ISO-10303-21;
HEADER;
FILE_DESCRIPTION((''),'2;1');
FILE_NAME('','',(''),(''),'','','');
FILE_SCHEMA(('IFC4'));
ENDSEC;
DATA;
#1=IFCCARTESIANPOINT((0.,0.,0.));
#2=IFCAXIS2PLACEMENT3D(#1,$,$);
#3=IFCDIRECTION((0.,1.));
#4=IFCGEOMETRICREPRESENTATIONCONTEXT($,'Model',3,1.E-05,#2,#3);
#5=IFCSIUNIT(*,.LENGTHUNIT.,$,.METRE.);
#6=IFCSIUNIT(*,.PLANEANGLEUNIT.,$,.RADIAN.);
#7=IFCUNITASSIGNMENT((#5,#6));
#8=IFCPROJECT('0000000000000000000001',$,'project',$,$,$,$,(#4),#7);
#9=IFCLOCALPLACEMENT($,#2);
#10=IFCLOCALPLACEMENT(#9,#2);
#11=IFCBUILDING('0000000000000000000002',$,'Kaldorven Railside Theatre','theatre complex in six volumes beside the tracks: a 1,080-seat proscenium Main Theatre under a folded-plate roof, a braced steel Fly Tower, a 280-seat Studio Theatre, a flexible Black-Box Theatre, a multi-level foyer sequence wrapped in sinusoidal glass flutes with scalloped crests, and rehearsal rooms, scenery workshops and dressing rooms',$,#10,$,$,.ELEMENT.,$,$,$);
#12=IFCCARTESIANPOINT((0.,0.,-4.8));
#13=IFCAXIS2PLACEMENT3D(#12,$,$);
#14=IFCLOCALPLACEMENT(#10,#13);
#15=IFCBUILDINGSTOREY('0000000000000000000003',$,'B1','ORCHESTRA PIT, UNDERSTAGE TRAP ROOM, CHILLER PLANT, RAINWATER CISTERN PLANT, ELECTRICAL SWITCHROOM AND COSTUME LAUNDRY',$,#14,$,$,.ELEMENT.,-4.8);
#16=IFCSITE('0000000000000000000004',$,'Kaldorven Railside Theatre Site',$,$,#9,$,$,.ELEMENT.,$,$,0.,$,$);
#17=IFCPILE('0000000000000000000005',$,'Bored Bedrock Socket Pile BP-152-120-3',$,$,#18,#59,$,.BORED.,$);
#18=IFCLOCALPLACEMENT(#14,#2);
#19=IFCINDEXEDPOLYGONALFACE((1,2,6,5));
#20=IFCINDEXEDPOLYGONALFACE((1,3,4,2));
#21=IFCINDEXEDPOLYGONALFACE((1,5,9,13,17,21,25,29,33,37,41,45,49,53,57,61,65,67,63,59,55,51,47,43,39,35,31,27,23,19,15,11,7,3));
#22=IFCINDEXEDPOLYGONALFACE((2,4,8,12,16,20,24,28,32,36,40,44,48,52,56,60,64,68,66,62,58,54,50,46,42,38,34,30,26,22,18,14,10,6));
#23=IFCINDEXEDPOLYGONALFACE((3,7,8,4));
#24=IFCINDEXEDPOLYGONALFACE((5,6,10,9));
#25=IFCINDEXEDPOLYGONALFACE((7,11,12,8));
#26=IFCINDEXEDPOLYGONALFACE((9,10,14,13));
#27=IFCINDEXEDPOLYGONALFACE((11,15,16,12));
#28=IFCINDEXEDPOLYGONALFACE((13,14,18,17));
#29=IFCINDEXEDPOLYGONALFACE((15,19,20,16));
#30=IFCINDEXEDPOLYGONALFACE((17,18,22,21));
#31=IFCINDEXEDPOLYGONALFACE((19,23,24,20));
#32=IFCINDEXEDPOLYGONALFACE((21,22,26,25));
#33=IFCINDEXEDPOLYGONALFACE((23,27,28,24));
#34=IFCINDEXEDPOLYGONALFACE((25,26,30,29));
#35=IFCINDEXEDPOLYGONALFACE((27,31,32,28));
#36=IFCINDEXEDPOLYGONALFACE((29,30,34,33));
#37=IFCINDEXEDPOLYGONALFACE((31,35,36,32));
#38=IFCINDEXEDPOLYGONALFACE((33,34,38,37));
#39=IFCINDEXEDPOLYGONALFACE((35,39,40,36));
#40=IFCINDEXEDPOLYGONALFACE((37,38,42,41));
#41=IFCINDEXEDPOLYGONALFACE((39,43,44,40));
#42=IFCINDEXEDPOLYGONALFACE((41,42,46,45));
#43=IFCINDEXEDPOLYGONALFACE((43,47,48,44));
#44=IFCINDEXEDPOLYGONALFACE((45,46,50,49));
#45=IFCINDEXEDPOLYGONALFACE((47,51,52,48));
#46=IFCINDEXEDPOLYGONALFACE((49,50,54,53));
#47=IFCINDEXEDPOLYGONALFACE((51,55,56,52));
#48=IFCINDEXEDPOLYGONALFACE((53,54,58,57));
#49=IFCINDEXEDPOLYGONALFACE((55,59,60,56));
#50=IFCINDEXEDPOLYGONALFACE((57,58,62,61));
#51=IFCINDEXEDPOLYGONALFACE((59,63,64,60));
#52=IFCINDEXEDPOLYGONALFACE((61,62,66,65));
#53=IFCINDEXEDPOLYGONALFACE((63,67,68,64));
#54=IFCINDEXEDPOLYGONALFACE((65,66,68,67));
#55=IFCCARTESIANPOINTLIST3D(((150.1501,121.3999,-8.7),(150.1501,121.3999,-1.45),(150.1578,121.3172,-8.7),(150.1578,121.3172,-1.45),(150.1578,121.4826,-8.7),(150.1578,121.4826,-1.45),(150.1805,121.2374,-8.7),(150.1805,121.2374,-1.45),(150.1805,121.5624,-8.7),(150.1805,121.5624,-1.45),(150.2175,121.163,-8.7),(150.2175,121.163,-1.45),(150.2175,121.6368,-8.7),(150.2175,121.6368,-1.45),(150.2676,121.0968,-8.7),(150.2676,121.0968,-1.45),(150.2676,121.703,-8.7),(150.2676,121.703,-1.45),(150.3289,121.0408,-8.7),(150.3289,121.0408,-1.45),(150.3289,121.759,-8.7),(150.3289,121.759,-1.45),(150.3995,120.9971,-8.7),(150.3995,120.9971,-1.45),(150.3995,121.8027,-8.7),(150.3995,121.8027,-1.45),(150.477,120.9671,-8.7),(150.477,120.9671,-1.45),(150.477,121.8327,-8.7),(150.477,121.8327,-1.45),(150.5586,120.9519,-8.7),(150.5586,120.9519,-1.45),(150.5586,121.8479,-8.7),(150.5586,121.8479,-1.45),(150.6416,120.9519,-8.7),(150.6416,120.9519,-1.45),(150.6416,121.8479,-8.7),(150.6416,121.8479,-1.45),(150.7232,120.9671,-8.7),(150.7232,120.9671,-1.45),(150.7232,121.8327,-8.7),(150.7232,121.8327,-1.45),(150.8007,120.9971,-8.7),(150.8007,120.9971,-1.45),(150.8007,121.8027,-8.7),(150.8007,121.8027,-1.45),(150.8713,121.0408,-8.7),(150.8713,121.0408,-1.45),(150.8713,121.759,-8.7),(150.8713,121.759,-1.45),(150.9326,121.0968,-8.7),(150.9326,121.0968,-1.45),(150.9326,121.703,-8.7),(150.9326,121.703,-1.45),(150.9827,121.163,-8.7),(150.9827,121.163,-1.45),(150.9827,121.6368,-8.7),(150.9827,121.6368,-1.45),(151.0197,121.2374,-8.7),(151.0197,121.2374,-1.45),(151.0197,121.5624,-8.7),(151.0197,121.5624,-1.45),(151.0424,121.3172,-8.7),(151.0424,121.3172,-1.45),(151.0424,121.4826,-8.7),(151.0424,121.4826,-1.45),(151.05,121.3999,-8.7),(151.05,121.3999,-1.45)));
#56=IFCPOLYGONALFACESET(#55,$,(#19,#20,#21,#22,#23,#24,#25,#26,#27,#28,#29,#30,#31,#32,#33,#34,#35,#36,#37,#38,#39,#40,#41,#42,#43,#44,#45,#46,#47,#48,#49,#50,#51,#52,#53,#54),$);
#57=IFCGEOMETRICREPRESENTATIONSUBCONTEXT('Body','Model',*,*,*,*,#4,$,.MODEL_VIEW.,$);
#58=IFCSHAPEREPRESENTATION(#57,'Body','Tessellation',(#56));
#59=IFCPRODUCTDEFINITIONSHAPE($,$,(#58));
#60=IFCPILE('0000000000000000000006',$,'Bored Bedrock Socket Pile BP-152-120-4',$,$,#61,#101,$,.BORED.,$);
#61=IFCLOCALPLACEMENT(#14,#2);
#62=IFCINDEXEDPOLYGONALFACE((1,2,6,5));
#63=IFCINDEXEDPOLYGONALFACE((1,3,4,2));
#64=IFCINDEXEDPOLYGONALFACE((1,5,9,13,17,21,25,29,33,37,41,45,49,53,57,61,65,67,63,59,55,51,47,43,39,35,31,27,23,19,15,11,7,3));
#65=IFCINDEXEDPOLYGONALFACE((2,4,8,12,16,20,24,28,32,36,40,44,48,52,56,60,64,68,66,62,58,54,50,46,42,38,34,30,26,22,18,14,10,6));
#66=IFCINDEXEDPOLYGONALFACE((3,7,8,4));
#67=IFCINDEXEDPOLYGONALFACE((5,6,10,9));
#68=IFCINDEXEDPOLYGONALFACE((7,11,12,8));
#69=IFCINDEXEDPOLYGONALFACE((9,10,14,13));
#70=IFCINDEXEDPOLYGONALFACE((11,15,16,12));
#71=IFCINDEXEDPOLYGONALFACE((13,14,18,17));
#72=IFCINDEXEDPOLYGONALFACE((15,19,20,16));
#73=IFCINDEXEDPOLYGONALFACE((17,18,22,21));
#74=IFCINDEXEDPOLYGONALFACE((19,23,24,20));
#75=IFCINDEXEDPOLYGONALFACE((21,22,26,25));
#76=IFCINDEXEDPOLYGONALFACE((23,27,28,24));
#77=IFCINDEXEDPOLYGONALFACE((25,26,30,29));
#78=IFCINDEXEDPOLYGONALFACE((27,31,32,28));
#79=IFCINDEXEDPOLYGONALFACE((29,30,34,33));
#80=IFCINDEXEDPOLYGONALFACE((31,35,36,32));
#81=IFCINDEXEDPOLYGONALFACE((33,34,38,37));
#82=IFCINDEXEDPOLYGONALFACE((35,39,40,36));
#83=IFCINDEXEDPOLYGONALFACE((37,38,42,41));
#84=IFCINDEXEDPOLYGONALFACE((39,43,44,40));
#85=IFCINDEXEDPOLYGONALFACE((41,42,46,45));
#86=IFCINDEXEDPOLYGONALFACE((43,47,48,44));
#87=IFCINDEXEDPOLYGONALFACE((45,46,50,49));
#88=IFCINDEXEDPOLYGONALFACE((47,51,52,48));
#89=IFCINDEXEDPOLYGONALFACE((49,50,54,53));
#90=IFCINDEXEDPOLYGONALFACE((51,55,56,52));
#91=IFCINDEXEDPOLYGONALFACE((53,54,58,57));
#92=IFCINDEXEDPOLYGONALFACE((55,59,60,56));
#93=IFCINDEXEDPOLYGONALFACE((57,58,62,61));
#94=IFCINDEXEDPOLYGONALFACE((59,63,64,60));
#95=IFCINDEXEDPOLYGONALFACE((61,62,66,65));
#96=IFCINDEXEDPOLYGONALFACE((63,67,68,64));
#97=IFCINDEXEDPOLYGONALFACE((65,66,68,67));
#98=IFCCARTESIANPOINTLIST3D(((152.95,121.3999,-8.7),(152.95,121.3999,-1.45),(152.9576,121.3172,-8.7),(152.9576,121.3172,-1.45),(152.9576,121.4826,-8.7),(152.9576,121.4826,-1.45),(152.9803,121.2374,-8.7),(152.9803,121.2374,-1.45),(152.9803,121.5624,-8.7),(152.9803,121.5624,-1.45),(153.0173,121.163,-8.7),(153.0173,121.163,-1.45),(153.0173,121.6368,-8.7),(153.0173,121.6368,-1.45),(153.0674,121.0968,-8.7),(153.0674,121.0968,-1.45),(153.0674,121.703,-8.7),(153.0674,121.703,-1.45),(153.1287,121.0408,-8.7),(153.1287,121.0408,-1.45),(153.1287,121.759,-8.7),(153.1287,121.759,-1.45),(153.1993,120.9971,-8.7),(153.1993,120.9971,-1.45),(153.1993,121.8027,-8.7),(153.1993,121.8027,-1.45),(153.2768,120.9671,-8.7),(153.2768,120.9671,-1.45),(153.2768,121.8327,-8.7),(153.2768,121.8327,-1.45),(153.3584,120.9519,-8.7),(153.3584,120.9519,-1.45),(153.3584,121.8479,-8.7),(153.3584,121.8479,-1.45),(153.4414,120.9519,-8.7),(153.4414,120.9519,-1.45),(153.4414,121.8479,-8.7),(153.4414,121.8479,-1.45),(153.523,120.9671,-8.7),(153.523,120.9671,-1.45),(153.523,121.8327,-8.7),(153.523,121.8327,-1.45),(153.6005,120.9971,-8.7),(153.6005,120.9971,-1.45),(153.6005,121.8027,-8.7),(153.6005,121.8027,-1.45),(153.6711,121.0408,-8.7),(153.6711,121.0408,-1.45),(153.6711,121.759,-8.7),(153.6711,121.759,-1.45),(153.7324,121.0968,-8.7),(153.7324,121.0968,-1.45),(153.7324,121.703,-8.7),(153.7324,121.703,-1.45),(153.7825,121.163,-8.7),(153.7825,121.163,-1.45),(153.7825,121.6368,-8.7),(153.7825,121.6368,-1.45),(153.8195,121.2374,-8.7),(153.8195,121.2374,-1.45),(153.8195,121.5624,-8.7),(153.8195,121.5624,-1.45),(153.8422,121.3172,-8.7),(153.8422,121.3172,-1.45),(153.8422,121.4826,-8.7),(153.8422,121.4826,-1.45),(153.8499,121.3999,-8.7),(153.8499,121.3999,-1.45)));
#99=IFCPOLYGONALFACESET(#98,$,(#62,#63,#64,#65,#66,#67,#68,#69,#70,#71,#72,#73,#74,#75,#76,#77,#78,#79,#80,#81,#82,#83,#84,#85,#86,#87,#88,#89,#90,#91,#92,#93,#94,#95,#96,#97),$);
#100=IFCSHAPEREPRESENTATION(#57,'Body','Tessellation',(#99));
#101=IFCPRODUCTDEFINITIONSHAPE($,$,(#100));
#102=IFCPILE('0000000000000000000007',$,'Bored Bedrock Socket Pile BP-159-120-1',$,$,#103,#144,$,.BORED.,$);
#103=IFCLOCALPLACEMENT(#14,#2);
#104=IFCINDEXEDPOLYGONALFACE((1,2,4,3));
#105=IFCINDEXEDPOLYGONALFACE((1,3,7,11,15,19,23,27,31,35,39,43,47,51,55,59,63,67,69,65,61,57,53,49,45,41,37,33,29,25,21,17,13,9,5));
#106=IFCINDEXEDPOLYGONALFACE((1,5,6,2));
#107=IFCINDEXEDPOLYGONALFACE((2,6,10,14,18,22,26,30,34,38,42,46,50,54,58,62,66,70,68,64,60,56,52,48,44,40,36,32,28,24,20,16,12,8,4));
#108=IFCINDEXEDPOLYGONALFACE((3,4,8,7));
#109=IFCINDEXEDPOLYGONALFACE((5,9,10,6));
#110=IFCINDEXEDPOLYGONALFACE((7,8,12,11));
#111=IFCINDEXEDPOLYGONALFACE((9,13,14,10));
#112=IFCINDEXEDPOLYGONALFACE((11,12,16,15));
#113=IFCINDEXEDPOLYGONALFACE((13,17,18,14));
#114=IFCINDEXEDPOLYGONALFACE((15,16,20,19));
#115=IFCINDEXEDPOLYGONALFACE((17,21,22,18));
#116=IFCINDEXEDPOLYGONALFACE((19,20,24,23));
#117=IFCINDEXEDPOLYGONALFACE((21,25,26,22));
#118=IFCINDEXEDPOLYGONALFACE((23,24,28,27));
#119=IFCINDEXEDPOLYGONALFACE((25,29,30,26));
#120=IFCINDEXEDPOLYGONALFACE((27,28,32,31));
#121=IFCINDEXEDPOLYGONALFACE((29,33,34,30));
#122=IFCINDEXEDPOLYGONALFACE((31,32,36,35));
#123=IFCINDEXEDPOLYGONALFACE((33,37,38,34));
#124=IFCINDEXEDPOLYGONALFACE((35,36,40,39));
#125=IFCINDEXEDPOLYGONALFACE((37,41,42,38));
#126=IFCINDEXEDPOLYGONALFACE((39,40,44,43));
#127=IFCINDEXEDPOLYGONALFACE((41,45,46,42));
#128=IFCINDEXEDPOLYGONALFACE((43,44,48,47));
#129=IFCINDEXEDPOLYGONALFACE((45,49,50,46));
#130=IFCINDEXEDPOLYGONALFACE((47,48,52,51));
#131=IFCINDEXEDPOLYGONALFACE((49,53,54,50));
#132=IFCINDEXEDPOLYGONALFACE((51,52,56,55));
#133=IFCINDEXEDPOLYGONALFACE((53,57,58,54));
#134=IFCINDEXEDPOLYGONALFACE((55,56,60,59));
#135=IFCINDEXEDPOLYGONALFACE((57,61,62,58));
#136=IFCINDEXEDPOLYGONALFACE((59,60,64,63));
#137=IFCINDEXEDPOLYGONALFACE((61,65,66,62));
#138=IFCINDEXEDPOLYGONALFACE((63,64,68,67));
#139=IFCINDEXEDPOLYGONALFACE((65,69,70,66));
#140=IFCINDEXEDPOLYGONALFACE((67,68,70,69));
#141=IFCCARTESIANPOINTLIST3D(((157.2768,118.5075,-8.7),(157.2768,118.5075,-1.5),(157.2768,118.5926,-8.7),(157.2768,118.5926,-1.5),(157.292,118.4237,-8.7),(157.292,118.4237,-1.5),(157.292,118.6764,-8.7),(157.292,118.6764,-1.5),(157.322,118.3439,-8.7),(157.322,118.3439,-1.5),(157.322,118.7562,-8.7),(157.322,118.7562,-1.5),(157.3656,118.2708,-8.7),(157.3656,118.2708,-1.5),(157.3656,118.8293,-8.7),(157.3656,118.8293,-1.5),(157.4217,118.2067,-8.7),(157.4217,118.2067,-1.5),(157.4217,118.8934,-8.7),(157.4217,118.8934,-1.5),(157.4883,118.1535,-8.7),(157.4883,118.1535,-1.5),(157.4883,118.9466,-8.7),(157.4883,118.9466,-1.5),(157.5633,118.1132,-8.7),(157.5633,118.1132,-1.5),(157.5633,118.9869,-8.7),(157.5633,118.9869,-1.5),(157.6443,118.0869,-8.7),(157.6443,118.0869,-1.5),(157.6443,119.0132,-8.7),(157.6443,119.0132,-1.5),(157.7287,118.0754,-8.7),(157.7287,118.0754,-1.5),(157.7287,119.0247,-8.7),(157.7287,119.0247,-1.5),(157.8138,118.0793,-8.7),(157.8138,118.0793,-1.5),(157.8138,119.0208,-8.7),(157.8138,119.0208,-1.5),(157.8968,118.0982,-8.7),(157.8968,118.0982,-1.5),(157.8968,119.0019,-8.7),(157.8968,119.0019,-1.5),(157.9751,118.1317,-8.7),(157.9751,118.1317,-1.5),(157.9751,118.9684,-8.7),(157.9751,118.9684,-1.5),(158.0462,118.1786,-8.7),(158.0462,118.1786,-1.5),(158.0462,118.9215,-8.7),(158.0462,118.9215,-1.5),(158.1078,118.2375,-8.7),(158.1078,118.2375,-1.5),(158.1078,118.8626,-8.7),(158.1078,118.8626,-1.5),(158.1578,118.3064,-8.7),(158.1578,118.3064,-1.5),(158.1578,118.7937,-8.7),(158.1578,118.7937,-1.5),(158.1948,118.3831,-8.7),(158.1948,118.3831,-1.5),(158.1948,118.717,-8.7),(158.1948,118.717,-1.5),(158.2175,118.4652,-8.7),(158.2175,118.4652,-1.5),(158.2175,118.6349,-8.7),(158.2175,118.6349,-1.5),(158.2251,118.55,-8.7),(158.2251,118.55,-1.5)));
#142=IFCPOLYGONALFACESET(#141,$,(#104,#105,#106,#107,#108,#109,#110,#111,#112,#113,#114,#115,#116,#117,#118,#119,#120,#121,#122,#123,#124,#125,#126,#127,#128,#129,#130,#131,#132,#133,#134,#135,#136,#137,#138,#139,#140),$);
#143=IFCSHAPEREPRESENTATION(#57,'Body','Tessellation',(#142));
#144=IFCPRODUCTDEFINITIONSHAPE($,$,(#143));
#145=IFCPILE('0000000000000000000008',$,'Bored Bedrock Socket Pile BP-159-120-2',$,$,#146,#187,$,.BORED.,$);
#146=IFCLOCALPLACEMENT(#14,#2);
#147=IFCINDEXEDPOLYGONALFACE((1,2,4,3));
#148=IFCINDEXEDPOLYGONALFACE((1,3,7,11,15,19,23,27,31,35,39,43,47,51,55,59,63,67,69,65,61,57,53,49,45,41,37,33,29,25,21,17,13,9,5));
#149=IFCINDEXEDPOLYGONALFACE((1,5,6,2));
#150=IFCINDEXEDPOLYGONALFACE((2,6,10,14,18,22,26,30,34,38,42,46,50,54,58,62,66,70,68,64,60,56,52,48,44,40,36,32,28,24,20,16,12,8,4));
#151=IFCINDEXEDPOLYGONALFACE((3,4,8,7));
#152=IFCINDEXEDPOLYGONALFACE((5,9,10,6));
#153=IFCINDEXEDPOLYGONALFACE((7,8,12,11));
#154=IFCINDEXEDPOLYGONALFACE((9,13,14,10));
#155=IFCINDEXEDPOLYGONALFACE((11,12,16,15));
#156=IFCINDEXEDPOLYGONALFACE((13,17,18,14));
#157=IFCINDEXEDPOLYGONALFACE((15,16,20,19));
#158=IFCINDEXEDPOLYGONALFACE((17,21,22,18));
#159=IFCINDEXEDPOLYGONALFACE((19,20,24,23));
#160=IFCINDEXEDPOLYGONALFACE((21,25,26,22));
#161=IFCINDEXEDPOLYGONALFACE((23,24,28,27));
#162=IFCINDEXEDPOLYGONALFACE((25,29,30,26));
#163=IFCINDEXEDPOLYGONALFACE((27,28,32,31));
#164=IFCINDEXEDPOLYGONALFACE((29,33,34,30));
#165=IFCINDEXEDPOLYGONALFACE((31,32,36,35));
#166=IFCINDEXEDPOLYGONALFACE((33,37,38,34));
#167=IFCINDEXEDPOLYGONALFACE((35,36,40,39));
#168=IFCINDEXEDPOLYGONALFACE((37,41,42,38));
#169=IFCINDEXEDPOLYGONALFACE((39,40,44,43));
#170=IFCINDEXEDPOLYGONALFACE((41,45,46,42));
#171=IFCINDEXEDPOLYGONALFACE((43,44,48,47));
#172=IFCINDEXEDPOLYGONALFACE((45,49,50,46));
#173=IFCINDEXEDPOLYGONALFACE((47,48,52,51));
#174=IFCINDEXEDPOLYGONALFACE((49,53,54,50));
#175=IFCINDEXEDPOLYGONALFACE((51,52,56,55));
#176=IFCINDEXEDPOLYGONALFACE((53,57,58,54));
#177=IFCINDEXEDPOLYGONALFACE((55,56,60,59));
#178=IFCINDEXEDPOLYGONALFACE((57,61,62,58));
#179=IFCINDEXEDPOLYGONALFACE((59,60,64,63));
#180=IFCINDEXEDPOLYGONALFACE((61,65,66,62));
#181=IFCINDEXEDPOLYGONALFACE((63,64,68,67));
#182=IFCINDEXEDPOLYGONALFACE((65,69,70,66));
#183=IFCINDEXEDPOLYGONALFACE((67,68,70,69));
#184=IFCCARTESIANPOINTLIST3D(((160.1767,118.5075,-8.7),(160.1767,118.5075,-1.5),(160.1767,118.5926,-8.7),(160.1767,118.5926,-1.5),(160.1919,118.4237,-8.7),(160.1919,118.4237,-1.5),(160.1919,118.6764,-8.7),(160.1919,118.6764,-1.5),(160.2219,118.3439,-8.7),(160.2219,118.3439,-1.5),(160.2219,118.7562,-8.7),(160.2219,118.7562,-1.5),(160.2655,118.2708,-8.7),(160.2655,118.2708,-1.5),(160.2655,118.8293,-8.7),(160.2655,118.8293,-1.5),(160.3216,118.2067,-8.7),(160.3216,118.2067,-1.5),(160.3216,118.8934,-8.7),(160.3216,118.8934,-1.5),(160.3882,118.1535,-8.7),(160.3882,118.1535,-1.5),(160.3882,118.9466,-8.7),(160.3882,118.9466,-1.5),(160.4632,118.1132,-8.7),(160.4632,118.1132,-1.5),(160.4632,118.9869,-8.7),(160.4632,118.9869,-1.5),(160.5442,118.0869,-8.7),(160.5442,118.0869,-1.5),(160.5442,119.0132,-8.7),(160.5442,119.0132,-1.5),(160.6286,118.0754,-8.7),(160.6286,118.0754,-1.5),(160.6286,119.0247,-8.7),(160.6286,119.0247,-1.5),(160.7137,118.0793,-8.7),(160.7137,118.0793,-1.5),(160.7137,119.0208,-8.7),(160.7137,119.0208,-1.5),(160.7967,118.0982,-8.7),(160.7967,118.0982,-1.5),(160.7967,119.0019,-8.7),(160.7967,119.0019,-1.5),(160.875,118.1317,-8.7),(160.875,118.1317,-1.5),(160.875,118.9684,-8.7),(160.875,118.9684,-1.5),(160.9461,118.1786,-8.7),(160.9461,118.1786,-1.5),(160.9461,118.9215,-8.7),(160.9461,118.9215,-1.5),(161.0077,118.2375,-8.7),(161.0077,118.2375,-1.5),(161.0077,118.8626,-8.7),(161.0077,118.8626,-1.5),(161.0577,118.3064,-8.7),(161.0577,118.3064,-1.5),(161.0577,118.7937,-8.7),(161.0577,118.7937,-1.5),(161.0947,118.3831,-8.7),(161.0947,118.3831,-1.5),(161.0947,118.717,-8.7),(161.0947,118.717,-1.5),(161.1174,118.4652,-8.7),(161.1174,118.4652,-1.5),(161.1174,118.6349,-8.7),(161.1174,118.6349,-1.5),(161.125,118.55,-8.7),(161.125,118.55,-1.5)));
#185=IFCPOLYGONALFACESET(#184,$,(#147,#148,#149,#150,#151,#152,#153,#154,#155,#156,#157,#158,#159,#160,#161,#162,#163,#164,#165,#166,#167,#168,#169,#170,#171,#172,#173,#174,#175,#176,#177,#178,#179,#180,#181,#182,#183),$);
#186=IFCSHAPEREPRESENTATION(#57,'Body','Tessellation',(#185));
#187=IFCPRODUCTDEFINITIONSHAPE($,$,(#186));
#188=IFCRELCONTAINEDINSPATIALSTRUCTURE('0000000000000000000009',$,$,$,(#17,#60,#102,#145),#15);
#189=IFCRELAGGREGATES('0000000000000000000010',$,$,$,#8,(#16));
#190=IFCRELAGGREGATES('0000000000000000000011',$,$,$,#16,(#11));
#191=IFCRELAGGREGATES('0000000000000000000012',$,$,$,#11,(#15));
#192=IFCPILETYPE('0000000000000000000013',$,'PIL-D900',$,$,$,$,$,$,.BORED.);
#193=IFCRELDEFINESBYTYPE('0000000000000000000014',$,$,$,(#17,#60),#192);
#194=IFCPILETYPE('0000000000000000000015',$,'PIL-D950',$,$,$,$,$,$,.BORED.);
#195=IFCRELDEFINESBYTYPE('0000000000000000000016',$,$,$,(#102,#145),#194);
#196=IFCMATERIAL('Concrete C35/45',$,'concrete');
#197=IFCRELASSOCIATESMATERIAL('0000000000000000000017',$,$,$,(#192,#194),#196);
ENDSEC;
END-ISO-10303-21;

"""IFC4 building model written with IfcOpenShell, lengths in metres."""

from ifc_helpers import new_model, si_unit, direction, frame, origin, origin_2d, place, context, subcontext, project, spatial, circle, extrude, material, material_profile, profile_set, type_object, element, save


model = new_model("IFC4")

# Units and contexts
model_context = context("Model", 3, precision=1e-05, world=origin(), true_north=direction((0.0, 1.0)))
body_context = subcontext(model_context, "Body", "Model", "MODEL_VIEW")
ifc_project = project(units=[si_unit("LENGTHUNIT", "METRE"), si_unit("PLANEANGLEUNIT", "RADIAN")], contexts=[model_context])

# Site, building, storey
site_placement = place(None, origin())
site = spatial("IfcSite", under=ifc_project, at=site_placement, Name="Kaldorven Railside Theatre Site", CompositionType="ELEMENT", RefElevation=0.0)
building_placement = place(site_placement, origin())
building = spatial("IfcBuilding", under=site, at=building_placement, Name="Kaldorven Railside Theatre", Description="theatre complex in six volumes beside the tracks: a 1,080-seat proscenium Main Theatre under a folded-plate roof, a braced steel Fly Tower, a 280-seat Studio Theatre, a flexible Black-Box Theatre, a multi-level foyer sequence wrapped in sinusoidal glass flutes with scalloped crests, and rehearsal rooms, scenery workshops and dressing rooms", CompositionType="ELEMENT")
storey_placement = place(building_placement, frame((0.0, 0.0, -4.8)))
storey = spatial("IfcBuildingStorey", under=building, at=storey_placement, Name="B1", Description="ORCHESTRA PIT, UNDERSTAGE TRAP ROOM, CHILLER PLANT, RAINWATER CISTERN PLANT, ELECTRICAL SWITCHROOM AND COSTUME LAUNDRY", CompositionType="ELEMENT", Elevation=-4.8)

# Piles
ifc_material_1 = material(Name="Concrete C35/45", Category="concrete")
ifc_material_profile_1 = material_profile(ifc_material_1, circle(Radius=0.45, at=origin_2d()), Name="BP D900")
ifc_profile_set_1 = profile_set([ifc_material_profile_1], Name="Concrete C35/45")
pile_type_1 = type_object("IfcPileType", Name="PIL-D900", PredefinedType="BORED", material=ifc_profile_set_1)
for number, where, z_axis, x_axis, name in (
    (1, (150.6001, 121.3999, -1.45), (0.0, 0.0, -1.0), (1.0, 0.0, 0.0), "Bored Bedrock Socket Pile BP-152-120-3"),
    (2, (153.3999, 121.3999, -1.45), (0.0, 0.0, -1.0), (1.0, 0.0, 0.0), "Bored Bedrock Socket Pile BP-152-120-4"),
):
    element("IfcPile", number, at=place(storey_placement, frame(where, z_axis=z_axis, x_axis=x_axis)), inside=storey, type_object=pile_type_1, Name=name, PredefinedType="BORED", context=body_context, shape_type="SweptSolid", body=[
        extrude(circle(Radius=0.45, at=origin_2d()), origin(), (0.0, 0.0, 1.0), 7.25),
    ])
ifc_material_profile_2 = material_profile(ifc_material_1, circle(Radius=0.4751, at=origin_2d()), Name="BP D950")
ifc_profile_set_2 = profile_set([ifc_material_profile_2], Name="Concrete C35/45")
pile_type_2 = type_object("IfcPileType", Name="PIL-D950", PredefinedType="BORED", material=ifc_profile_set_2)
for number, where, z_axis, x_axis, name in (
    (3, (157.75, 118.55, -1.5), (0.0, 0.0, -1.0), (1.0, 0.0, 0.0), "Bored Bedrock Socket Pile BP-159-120-1"),
    (4, (160.6499, 118.55, -1.5), (0.0, 0.0, -1.0), (1.0, 0.0, 0.0), "Bored Bedrock Socket Pile BP-159-120-2"),
):
    element("IfcPile", number, at=place(storey_placement, frame(where, z_axis=z_axis, x_axis=x_axis)), inside=storey, type_object=pile_type_2, Name=name, PredefinedType="BORED", context=body_context, shape_type="SweptSolid", body=[
        extrude(circle(Radius=0.4751, at=origin_2d()), origin(), (0.0, 0.0, 1.0), 7.2),
    ])

save(model, "model.ifc")
